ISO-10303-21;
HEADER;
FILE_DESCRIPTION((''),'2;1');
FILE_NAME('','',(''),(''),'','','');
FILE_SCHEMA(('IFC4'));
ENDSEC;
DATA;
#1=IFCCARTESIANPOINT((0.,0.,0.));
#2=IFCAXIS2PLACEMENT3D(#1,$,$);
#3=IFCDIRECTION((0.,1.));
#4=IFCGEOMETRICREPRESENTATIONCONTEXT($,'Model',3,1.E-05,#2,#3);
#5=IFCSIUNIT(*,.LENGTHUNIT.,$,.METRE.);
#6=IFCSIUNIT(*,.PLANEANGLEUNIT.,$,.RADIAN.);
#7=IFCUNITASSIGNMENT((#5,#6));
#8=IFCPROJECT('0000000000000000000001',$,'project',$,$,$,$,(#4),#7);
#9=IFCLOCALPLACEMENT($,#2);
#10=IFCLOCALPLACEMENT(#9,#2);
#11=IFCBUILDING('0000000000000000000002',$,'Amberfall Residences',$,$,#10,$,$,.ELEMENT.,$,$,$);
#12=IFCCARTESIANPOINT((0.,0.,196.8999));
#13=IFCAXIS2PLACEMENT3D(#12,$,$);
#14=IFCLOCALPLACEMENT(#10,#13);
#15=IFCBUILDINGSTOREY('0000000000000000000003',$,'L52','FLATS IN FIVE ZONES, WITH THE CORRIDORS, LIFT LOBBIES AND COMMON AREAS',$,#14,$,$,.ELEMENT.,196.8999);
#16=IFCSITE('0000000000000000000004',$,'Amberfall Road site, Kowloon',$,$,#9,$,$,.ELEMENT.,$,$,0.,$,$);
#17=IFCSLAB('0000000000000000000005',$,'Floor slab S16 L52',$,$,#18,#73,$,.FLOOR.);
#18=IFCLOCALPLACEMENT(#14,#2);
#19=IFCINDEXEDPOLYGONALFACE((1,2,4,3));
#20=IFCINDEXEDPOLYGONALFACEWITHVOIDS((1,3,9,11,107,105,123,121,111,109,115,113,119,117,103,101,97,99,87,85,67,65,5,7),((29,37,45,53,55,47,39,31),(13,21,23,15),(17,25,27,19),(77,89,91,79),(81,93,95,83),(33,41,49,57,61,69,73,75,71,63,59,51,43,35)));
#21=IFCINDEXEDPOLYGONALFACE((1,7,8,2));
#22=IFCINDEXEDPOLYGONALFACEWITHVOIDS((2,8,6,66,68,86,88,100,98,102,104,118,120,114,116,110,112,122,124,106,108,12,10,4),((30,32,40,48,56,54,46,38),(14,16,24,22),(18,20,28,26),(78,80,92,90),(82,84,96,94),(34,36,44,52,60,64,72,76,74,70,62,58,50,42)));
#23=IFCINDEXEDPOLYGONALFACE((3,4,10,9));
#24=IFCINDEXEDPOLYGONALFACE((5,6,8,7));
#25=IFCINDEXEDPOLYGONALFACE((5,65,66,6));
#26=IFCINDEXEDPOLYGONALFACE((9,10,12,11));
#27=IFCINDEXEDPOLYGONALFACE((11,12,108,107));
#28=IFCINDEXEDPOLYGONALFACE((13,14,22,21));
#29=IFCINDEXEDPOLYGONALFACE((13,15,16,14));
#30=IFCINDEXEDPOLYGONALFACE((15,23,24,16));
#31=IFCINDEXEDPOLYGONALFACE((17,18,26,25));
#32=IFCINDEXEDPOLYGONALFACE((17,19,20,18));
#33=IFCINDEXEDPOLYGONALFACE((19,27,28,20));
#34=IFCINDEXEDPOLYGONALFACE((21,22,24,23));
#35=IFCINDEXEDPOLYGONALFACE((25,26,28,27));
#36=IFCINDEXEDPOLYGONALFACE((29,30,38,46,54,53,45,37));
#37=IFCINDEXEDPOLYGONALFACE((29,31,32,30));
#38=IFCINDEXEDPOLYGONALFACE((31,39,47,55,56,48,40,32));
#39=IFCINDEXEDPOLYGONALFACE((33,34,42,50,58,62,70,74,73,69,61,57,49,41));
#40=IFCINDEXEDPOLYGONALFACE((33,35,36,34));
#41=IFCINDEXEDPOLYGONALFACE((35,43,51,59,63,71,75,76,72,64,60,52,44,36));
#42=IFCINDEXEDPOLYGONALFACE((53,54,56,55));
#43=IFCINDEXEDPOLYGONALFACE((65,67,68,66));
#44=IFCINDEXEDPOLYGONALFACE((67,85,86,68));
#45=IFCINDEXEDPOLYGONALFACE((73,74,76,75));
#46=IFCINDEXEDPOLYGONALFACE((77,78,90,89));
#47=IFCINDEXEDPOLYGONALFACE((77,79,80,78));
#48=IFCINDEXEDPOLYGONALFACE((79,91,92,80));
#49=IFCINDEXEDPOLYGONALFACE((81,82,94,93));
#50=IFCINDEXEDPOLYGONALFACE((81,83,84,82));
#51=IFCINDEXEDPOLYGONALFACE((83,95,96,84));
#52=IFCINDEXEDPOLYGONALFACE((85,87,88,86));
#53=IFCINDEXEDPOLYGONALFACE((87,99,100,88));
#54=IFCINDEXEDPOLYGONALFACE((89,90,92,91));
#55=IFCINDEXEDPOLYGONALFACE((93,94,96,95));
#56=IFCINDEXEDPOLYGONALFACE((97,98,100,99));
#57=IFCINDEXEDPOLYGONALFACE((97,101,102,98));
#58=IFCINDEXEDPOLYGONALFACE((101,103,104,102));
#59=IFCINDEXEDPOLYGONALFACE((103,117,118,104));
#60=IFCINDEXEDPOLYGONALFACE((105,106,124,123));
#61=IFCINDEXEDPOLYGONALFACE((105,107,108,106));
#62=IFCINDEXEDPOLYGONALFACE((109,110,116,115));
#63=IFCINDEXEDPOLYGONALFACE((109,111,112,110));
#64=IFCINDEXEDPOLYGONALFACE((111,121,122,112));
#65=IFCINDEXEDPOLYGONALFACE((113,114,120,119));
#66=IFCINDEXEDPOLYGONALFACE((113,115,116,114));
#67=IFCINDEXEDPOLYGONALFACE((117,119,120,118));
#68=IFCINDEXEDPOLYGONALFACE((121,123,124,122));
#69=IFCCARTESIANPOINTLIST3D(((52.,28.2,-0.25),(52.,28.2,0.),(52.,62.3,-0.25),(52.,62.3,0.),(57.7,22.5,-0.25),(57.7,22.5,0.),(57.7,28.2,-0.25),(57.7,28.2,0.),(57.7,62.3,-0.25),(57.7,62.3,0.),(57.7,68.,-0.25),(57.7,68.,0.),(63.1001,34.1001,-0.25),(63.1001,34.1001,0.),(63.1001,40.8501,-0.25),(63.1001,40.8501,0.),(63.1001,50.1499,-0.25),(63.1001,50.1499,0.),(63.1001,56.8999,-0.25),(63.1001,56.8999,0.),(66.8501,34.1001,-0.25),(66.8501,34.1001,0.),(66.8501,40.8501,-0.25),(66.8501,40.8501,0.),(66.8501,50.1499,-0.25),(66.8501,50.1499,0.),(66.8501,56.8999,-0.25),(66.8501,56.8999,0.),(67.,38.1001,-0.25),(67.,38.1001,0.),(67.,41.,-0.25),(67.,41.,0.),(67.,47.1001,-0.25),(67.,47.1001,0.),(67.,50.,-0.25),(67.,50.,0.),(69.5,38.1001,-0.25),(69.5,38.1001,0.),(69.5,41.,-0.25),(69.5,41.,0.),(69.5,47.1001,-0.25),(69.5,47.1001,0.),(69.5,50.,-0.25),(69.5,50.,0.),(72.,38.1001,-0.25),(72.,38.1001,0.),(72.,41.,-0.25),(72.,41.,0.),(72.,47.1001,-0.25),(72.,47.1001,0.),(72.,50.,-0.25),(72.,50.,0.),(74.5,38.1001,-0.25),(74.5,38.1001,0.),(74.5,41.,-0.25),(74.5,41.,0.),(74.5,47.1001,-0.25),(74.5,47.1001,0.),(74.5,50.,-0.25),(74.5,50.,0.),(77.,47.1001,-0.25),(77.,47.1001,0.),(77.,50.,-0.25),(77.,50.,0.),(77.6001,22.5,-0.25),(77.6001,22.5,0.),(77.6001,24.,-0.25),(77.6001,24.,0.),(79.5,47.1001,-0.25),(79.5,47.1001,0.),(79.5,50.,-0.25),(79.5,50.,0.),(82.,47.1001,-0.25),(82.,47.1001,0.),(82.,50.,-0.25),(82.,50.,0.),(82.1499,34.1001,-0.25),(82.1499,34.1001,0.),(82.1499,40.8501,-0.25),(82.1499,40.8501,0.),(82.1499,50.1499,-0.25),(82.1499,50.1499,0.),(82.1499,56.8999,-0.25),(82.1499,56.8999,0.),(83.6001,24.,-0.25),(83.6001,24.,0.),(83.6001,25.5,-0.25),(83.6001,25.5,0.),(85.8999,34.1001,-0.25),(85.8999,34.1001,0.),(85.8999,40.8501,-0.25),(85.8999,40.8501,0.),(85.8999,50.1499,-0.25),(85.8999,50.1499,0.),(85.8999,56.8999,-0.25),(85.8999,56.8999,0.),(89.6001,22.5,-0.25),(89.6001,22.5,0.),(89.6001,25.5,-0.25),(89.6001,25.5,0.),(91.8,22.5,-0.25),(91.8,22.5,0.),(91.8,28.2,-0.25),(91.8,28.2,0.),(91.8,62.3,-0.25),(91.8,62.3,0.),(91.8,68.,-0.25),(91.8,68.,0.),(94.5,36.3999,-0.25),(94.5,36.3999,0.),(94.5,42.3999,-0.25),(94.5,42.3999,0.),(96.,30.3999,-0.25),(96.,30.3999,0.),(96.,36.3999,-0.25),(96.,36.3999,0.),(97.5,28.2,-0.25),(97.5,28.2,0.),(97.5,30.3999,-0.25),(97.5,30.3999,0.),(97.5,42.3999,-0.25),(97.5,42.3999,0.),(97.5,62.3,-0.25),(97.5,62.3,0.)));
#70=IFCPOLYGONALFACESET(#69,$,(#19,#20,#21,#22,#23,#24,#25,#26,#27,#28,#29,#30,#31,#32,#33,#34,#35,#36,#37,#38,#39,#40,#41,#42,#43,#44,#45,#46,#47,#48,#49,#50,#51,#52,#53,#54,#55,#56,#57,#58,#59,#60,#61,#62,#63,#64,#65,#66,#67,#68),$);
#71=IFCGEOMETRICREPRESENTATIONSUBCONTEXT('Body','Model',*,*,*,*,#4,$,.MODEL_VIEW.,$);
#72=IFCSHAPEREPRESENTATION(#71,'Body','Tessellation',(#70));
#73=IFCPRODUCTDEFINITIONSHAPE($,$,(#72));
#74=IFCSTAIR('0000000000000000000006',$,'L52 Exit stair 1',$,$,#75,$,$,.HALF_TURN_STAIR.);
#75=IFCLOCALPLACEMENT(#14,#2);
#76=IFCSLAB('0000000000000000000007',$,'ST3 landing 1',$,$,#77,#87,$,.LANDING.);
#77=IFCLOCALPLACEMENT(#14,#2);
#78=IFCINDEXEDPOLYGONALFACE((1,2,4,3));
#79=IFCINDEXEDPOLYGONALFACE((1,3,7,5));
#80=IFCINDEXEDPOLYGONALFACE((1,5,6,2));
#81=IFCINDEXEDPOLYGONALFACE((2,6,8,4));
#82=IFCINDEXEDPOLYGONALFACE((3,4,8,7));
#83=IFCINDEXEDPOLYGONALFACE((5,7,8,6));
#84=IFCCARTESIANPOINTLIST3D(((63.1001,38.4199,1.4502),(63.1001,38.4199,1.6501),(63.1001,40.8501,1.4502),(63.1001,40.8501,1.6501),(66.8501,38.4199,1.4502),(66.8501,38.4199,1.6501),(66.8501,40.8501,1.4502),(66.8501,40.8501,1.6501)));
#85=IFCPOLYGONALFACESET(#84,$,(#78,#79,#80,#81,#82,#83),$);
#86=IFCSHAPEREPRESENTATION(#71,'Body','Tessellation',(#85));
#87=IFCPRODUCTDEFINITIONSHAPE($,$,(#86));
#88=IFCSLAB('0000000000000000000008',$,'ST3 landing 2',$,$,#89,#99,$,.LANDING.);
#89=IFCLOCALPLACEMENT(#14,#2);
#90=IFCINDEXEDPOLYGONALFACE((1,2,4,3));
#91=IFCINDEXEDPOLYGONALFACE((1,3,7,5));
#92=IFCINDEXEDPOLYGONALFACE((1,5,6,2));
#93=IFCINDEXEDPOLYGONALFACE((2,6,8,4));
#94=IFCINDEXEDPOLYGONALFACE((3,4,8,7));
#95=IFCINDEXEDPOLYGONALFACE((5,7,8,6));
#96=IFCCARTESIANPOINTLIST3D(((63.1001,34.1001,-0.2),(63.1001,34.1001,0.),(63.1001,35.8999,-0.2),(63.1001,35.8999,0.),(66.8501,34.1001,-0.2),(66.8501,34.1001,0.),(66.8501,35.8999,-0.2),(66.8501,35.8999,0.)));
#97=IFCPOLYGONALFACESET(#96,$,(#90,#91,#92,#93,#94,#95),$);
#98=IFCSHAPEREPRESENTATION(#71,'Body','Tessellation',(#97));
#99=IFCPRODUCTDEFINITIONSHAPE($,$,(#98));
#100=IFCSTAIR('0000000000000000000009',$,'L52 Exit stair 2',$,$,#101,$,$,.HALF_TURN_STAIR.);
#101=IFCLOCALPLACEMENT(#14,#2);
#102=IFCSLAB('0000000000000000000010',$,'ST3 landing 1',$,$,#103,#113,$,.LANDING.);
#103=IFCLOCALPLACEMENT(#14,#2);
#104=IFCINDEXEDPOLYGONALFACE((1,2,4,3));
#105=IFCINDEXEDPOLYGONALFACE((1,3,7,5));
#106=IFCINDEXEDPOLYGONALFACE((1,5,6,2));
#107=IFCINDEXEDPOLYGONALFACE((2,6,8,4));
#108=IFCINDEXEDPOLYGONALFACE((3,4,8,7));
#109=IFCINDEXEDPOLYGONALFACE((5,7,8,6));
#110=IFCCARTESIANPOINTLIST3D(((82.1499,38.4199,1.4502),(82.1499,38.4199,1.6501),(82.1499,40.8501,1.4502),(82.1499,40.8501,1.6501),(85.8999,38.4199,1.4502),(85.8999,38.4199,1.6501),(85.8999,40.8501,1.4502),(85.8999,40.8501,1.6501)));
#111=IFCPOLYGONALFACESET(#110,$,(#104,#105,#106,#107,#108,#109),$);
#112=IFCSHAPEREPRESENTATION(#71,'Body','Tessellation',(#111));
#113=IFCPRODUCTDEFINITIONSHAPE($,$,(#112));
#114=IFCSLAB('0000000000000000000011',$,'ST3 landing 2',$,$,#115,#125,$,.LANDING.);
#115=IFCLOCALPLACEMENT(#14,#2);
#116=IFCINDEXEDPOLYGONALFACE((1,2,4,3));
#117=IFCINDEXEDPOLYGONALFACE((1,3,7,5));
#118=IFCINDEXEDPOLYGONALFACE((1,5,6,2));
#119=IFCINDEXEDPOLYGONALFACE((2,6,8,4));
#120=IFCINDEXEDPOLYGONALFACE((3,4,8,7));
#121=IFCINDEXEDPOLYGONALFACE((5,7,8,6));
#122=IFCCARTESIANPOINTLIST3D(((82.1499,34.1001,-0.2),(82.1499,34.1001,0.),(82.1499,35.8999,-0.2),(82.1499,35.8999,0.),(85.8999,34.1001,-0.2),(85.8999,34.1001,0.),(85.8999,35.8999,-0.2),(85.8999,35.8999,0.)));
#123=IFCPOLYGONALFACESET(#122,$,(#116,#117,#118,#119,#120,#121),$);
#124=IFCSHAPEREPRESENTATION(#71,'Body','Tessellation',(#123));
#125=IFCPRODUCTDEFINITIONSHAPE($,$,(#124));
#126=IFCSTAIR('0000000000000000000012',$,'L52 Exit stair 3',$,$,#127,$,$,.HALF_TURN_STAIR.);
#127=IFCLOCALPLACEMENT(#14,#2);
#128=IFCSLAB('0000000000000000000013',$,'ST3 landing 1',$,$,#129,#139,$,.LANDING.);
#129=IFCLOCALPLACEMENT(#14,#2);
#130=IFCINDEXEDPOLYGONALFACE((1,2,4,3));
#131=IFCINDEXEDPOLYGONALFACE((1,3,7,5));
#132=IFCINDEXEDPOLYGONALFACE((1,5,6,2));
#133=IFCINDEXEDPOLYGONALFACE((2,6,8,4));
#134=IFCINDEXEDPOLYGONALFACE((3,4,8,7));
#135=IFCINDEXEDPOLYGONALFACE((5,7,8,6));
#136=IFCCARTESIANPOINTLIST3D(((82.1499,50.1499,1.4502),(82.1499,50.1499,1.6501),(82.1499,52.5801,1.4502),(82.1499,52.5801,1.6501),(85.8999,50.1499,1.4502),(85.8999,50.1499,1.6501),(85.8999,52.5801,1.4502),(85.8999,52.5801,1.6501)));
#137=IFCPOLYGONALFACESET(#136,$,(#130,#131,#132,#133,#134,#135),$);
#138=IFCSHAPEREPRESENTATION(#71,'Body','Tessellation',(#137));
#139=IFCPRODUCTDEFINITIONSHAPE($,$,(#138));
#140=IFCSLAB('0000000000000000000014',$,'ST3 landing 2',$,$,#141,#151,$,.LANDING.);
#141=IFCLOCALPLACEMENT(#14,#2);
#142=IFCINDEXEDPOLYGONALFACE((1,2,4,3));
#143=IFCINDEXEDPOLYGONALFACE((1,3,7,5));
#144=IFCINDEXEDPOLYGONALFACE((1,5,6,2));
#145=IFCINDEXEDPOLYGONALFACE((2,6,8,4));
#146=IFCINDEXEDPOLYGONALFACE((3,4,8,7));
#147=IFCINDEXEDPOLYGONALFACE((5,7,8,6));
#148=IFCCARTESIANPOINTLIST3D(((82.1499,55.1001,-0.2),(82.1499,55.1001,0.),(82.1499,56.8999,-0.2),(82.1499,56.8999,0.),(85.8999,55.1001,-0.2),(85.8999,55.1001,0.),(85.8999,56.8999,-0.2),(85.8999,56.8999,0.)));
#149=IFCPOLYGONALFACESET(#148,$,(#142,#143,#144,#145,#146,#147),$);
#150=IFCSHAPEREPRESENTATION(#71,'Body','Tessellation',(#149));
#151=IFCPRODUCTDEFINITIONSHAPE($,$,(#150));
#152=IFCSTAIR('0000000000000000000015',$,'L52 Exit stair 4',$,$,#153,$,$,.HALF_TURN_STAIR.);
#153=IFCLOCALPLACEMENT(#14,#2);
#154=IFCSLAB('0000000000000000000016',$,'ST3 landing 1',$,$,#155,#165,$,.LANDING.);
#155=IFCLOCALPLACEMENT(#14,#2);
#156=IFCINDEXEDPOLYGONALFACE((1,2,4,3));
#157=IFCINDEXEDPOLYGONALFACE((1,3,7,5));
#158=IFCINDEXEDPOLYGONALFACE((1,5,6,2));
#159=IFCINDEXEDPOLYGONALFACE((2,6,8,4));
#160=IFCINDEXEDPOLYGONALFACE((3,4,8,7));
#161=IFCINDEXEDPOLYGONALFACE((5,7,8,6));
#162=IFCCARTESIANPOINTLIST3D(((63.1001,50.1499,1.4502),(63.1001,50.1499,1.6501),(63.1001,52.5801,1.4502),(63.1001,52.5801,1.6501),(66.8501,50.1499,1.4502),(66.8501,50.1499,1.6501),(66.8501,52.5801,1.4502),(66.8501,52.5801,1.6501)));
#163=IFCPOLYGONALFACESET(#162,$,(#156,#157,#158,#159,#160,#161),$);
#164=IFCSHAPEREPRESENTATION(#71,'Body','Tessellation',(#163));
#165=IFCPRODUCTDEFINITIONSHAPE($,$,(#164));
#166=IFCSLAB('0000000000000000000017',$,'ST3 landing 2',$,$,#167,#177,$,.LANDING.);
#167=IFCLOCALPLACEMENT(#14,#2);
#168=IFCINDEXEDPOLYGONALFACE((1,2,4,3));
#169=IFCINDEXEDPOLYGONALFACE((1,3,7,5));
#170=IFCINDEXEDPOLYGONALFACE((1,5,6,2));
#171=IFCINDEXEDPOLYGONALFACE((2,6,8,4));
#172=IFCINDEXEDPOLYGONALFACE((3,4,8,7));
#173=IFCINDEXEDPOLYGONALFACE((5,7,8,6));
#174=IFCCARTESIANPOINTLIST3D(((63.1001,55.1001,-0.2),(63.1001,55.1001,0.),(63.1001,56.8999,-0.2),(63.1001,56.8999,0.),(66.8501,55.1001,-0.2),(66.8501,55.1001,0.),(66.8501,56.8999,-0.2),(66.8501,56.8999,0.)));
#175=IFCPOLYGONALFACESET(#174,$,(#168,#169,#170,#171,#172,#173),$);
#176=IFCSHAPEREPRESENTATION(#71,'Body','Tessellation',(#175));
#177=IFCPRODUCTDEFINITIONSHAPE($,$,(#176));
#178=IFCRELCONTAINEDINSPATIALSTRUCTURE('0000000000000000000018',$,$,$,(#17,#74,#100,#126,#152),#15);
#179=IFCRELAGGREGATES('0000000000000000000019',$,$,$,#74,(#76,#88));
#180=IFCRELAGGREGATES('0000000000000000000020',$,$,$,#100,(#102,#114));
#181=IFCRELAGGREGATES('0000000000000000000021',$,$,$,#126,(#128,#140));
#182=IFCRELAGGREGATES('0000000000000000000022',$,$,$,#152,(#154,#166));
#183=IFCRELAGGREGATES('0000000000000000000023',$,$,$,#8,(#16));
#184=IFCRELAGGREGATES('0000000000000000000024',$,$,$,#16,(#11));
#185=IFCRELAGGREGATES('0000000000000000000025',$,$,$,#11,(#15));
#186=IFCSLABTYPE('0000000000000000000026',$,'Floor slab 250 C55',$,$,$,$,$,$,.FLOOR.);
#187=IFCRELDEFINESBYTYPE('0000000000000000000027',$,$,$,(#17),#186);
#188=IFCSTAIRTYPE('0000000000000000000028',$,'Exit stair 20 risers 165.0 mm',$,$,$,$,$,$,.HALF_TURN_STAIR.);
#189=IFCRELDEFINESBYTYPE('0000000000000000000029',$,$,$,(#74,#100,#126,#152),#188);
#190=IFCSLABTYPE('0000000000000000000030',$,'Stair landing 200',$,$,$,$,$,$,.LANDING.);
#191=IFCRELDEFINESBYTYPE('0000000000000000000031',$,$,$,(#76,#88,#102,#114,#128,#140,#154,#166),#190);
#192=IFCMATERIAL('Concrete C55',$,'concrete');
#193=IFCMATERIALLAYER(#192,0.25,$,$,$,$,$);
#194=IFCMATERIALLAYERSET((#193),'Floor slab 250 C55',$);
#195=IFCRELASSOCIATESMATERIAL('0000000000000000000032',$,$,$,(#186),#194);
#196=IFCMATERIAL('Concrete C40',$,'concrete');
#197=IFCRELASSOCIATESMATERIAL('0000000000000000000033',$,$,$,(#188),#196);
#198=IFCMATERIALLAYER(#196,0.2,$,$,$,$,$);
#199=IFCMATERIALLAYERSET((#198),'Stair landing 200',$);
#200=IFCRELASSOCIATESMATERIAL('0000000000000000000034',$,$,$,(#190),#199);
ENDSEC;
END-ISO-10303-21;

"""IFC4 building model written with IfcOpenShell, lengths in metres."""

from ifc_helpers import new_model, si_unit, direction, frame, origin, place, context, subcontext, project, spatial, polyline, outline, extrude, material, layer, layer_set, type_object, element, aggregate, save


model = new_model("IFC4")

# Units and contexts
model_context = context("Model", 3, precision=1e-05, world=origin(), true_north=direction((0.0, 1.0)))
body_context = subcontext(model_context, "Body", "Model", "MODEL_VIEW")
ifc_project = project(units=[si_unit("LENGTHUNIT", "METRE"), si_unit("PLANEANGLEUNIT", "RADIAN")], contexts=[model_context])

# Site, building, storey
site_placement = place(None, origin())
site = spatial("IfcSite", under=ifc_project, at=site_placement, Name="Amberfall Road site, Kowloon", CompositionType="ELEMENT", RefElevation=0.0)
building_placement = place(site_placement, origin())
building = spatial("IfcBuilding", under=site, at=building_placement, Name="Amberfall Residences", CompositionType="ELEMENT")
storey_placement = place(building_placement, frame((0.0, 0.0, 196.8999)))
storey = spatial("IfcBuildingStorey", under=building, at=storey_placement, Name="L52", Description="FLATS IN FIVE ZONES, WITH THE CORRIDORS, LIFT LOBBIES AND COMMON AREAS", CompositionType="ELEMENT", Elevation=196.8999)

# Slab
ifc_material_1 = material(Name="Concrete C55", Category="concrete")
ifc_layer_1 = layer(ifc_material_1, 0.25)
ifc_layer_set_1 = layer_set([ifc_layer_1], Name="Floor slab 250 C55")
slab_type_1 = type_object("IfcSlabType", Name="Floor slab 250 C55", PredefinedType="FLOOR", material=ifc_layer_set_1)
slab_1_placement = place(storey_placement, frame((0.0, 0.0, -0.25)))
element("IfcSlab", 1, at=slab_1_placement, inside=storey, type_object=slab_type_1, Name="Floor slab S16 L52", PredefinedType="FLOOR", context=body_context, shape_type="SweptSolid", body=[
    extrude(outline(polyline([(89.6001, 22.5), (89.6001, 25.5), (83.6001, 25.5), (83.6001, 24.0), (77.6001, 24.0), (77.6001, 22.5), (57.7, 22.5), (57.7, 28.2), (52.0, 28.2), (52.0, 62.3), (57.7, 62.3), (57.7, 68.0), (91.8, 68.0), (91.8, 62.3), (97.5, 62.3), (97.5, 42.3999), (94.5, 42.3999), (94.5, 36.3999), (96.0, 36.3999), (96.0, 30.3999), (97.5, 30.3999), (97.5, 28.2), (91.8, 28.2), (91.8, 22.5), (89.6001, 22.5)]), holes=[polyline([(85.8999, 34.1001), (85.8999, 40.8501), (82.1499, 40.8501), (82.1499, 34.1001), (85.8999, 34.1001)]), polyline([(85.8999, 50.1499), (85.8999, 56.8999), (82.1499, 56.8999), (82.1499, 50.1499), (85.8999, 50.1499)]), polyline([(67.0, 50.0), (67.0, 47.1001), (69.5, 47.1001), (72.0, 47.1001), (74.5, 47.1001), (77.0, 47.1001), (79.5, 47.1001), (82.0, 47.1001), (82.0, 50.0), (79.5, 50.0), (77.0, 50.0), (74.5, 50.0), (72.0, 50.0), (69.5, 50.0), (67.0, 50.0)]), polyline([(69.5, 41.0), (67.0, 41.0), (67.0, 38.1001), (69.5, 38.1001), (72.0, 38.1001), (74.5, 38.1001), (74.5, 41.0), (72.0, 41.0), (69.5, 41.0)]), polyline([(66.8501, 40.8501), (63.1001, 40.8501), (63.1001, 34.1001), (66.8501, 34.1001), (66.8501, 40.8501)]), polyline([(66.8501, 56.8999), (63.1001, 56.8999), (63.1001, 50.1499), (66.8501, 50.1499), (66.8501, 56.8999)])]), origin(), (0.0, 0.0, 1.0), 0.25),
])

# Stairs, slabs
ifc_material_2 = material(Name="Concrete C40", Category="concrete")
stair_type = type_object("IfcStairType", Name="Exit stair 20 risers 165.0 mm", PredefinedType="HALF_TURN_STAIR", material=ifc_material_2)
stair_1_placement = place(storey_placement, origin())
stair_1 = element("IfcStair", 2, at=stair_1_placement, inside=storey, type_object=stair_type, Name="L52 Exit stair 1", PredefinedType="HALF_TURN_STAIR")
ifc_layer_2 = layer(ifc_material_2, 0.2)
ifc_layer_set_2 = layer_set([ifc_layer_2], Name="Stair landing 200")
slab_type_2 = type_object("IfcSlabType", Name="Stair landing 200", PredefinedType="LANDING", material=ifc_layer_set_2)
slab_2_placement = place(storey_placement, frame((0.0, 0.0, 1.4502)))
slab_2 = element("IfcSlab", 3, at=slab_2_placement, type_object=slab_type_2, Name="ST3 landing 1", PredefinedType="LANDING", context=body_context, shape_type="SweptSolid", body=[
    extrude(outline(polyline([(66.8501, 38.4199), (66.8501, 40.8501), (63.1001, 40.8501), (63.1001, 38.4199), (66.8501, 38.4199)])), origin(), (0.0, 0.0, 1.0), 0.2),
])
slab_3_placement = place(storey_placement, frame((0.0, 0.0, -0.2)))
slab_3 = element("IfcSlab", 4, at=slab_3_placement, type_object=slab_type_2, Name="ST3 landing 2", PredefinedType="LANDING", context=body_context, shape_type="SweptSolid", body=[
    extrude(outline(polyline([(66.8501, 34.1001), (66.8501, 35.8999), (63.1001, 35.8999), (63.1001, 34.1001), (66.8501, 34.1001)])), origin(), (0.0, 0.0, 1.0), 0.2),
])
aggregate(stair_1, [slab_2, slab_3])
stair_2_placement = place(storey_placement, origin())
stair_2 = element("IfcStair", 5, at=stair_2_placement, inside=storey, type_object=stair_type, Name="L52 Exit stair 2", PredefinedType="HALF_TURN_STAIR")
slab_4_placement = place(storey_placement, frame((0.0, 0.0, 1.4502)))
slab_4 = element("IfcSlab", 6, at=slab_4_placement, type_object=slab_type_2, Name="ST3 landing 1", PredefinedType="LANDING", context=body_context, shape_type="SweptSolid", body=[
    extrude(outline(polyline([(85.8999, 38.4199), (85.8999, 40.8501), (82.1499, 40.8501), (82.1499, 38.4199), (85.8999, 38.4199)])), origin(), (0.0, 0.0, 1.0), 0.2),
])
slab_5_placement = place(storey_placement, frame((0.0, 0.0, -0.2)))
slab_5 = element("IfcSlab", 7, at=slab_5_placement, type_object=slab_type_2, Name="ST3 landing 2", PredefinedType="LANDING", context=body_context, shape_type="SweptSolid", body=[
    extrude(outline(polyline([(85.8999, 34.1001), (85.8999, 35.8999), (82.1499, 35.8999), (82.1499, 34.1001), (85.8999, 34.1001)])), origin(), (0.0, 0.0, 1.0), 0.2),
])
aggregate(stair_2, [slab_4, slab_5])
stair_3_placement = place(storey_placement, origin())
stair_3 = element("IfcStair", 8, at=stair_3_placement, inside=storey, type_object=stair_type, Name="L52 Exit stair 3", PredefinedType="HALF_TURN_STAIR")
slab_6_placement = place(storey_placement, frame((0.0, 0.0, 1.4502)))
slab_6 = element("IfcSlab", 9, at=slab_6_placement, type_object=slab_type_2, Name="ST3 landing 1", PredefinedType="LANDING", context=body_context, shape_type="SweptSolid", body=[
    extrude(outline(polyline([(82.1499, 52.5801), (82.1499, 50.1499), (85.8999, 50.1499), (85.8999, 52.5801), (82.1499, 52.5801)])), origin(), (0.0, 0.0, 1.0), 0.2),
])
slab_7_placement = place(storey_placement, frame((0.0, 0.0, -0.2)))
slab_7 = element("IfcSlab", 10, at=slab_7_placement, type_object=slab_type_2, Name="ST3 landing 2", PredefinedType="LANDING", context=body_context, shape_type="SweptSolid", body=[
    extrude(outline(polyline([(82.1499, 56.8999), (82.1499, 55.1001), (85.8999, 55.1001), (85.8999, 56.8999), (82.1499, 56.8999)])), origin(), (0.0, 0.0, 1.0), 0.2),
])
aggregate(stair_3, [slab_6, slab_7])
stair_4_placement = place(storey_placement, origin())
stair_4 = element("IfcStair", 11, at=stair_4_placement, inside=storey, type_object=stair_type, Name="L52 Exit stair 4", PredefinedType="HALF_TURN_STAIR")
slab_8_placement = place(storey_placement, frame((0.0, 0.0, 1.4502)))
slab_8 = element("IfcSlab", 12, at=slab_8_placement, type_object=slab_type_2, Name="ST3 landing 1", PredefinedType="LANDING", context=body_context, shape_type="SweptSolid", body=[
    extrude(outline(polyline([(63.1001, 52.5801), (63.1001, 50.1499), (66.8501, 50.1499), (66.8501, 52.5801), (63.1001, 52.5801)])), origin(), (0.0, 0.0, 1.0), 0.2),
])
slab_9_placement = place(storey_placement, frame((0.0, 0.0, -0.2)))
slab_9 = element("IfcSlab", 13, at=slab_9_placement, type_object=slab_type_2, Name="ST3 landing 2", PredefinedType="LANDING", context=body_context, shape_type="SweptSolid", body=[
    extrude(outline(polyline([(63.1001, 56.8999), (63.1001, 55.1001), (66.8501, 55.1001), (66.8501, 56.8999), (63.1001, 56.8999)])), origin(), (0.0, 0.0, 1.0), 0.2),
])
aggregate(stair_4, [slab_8, slab_9])

save(model, "model.ifc")
